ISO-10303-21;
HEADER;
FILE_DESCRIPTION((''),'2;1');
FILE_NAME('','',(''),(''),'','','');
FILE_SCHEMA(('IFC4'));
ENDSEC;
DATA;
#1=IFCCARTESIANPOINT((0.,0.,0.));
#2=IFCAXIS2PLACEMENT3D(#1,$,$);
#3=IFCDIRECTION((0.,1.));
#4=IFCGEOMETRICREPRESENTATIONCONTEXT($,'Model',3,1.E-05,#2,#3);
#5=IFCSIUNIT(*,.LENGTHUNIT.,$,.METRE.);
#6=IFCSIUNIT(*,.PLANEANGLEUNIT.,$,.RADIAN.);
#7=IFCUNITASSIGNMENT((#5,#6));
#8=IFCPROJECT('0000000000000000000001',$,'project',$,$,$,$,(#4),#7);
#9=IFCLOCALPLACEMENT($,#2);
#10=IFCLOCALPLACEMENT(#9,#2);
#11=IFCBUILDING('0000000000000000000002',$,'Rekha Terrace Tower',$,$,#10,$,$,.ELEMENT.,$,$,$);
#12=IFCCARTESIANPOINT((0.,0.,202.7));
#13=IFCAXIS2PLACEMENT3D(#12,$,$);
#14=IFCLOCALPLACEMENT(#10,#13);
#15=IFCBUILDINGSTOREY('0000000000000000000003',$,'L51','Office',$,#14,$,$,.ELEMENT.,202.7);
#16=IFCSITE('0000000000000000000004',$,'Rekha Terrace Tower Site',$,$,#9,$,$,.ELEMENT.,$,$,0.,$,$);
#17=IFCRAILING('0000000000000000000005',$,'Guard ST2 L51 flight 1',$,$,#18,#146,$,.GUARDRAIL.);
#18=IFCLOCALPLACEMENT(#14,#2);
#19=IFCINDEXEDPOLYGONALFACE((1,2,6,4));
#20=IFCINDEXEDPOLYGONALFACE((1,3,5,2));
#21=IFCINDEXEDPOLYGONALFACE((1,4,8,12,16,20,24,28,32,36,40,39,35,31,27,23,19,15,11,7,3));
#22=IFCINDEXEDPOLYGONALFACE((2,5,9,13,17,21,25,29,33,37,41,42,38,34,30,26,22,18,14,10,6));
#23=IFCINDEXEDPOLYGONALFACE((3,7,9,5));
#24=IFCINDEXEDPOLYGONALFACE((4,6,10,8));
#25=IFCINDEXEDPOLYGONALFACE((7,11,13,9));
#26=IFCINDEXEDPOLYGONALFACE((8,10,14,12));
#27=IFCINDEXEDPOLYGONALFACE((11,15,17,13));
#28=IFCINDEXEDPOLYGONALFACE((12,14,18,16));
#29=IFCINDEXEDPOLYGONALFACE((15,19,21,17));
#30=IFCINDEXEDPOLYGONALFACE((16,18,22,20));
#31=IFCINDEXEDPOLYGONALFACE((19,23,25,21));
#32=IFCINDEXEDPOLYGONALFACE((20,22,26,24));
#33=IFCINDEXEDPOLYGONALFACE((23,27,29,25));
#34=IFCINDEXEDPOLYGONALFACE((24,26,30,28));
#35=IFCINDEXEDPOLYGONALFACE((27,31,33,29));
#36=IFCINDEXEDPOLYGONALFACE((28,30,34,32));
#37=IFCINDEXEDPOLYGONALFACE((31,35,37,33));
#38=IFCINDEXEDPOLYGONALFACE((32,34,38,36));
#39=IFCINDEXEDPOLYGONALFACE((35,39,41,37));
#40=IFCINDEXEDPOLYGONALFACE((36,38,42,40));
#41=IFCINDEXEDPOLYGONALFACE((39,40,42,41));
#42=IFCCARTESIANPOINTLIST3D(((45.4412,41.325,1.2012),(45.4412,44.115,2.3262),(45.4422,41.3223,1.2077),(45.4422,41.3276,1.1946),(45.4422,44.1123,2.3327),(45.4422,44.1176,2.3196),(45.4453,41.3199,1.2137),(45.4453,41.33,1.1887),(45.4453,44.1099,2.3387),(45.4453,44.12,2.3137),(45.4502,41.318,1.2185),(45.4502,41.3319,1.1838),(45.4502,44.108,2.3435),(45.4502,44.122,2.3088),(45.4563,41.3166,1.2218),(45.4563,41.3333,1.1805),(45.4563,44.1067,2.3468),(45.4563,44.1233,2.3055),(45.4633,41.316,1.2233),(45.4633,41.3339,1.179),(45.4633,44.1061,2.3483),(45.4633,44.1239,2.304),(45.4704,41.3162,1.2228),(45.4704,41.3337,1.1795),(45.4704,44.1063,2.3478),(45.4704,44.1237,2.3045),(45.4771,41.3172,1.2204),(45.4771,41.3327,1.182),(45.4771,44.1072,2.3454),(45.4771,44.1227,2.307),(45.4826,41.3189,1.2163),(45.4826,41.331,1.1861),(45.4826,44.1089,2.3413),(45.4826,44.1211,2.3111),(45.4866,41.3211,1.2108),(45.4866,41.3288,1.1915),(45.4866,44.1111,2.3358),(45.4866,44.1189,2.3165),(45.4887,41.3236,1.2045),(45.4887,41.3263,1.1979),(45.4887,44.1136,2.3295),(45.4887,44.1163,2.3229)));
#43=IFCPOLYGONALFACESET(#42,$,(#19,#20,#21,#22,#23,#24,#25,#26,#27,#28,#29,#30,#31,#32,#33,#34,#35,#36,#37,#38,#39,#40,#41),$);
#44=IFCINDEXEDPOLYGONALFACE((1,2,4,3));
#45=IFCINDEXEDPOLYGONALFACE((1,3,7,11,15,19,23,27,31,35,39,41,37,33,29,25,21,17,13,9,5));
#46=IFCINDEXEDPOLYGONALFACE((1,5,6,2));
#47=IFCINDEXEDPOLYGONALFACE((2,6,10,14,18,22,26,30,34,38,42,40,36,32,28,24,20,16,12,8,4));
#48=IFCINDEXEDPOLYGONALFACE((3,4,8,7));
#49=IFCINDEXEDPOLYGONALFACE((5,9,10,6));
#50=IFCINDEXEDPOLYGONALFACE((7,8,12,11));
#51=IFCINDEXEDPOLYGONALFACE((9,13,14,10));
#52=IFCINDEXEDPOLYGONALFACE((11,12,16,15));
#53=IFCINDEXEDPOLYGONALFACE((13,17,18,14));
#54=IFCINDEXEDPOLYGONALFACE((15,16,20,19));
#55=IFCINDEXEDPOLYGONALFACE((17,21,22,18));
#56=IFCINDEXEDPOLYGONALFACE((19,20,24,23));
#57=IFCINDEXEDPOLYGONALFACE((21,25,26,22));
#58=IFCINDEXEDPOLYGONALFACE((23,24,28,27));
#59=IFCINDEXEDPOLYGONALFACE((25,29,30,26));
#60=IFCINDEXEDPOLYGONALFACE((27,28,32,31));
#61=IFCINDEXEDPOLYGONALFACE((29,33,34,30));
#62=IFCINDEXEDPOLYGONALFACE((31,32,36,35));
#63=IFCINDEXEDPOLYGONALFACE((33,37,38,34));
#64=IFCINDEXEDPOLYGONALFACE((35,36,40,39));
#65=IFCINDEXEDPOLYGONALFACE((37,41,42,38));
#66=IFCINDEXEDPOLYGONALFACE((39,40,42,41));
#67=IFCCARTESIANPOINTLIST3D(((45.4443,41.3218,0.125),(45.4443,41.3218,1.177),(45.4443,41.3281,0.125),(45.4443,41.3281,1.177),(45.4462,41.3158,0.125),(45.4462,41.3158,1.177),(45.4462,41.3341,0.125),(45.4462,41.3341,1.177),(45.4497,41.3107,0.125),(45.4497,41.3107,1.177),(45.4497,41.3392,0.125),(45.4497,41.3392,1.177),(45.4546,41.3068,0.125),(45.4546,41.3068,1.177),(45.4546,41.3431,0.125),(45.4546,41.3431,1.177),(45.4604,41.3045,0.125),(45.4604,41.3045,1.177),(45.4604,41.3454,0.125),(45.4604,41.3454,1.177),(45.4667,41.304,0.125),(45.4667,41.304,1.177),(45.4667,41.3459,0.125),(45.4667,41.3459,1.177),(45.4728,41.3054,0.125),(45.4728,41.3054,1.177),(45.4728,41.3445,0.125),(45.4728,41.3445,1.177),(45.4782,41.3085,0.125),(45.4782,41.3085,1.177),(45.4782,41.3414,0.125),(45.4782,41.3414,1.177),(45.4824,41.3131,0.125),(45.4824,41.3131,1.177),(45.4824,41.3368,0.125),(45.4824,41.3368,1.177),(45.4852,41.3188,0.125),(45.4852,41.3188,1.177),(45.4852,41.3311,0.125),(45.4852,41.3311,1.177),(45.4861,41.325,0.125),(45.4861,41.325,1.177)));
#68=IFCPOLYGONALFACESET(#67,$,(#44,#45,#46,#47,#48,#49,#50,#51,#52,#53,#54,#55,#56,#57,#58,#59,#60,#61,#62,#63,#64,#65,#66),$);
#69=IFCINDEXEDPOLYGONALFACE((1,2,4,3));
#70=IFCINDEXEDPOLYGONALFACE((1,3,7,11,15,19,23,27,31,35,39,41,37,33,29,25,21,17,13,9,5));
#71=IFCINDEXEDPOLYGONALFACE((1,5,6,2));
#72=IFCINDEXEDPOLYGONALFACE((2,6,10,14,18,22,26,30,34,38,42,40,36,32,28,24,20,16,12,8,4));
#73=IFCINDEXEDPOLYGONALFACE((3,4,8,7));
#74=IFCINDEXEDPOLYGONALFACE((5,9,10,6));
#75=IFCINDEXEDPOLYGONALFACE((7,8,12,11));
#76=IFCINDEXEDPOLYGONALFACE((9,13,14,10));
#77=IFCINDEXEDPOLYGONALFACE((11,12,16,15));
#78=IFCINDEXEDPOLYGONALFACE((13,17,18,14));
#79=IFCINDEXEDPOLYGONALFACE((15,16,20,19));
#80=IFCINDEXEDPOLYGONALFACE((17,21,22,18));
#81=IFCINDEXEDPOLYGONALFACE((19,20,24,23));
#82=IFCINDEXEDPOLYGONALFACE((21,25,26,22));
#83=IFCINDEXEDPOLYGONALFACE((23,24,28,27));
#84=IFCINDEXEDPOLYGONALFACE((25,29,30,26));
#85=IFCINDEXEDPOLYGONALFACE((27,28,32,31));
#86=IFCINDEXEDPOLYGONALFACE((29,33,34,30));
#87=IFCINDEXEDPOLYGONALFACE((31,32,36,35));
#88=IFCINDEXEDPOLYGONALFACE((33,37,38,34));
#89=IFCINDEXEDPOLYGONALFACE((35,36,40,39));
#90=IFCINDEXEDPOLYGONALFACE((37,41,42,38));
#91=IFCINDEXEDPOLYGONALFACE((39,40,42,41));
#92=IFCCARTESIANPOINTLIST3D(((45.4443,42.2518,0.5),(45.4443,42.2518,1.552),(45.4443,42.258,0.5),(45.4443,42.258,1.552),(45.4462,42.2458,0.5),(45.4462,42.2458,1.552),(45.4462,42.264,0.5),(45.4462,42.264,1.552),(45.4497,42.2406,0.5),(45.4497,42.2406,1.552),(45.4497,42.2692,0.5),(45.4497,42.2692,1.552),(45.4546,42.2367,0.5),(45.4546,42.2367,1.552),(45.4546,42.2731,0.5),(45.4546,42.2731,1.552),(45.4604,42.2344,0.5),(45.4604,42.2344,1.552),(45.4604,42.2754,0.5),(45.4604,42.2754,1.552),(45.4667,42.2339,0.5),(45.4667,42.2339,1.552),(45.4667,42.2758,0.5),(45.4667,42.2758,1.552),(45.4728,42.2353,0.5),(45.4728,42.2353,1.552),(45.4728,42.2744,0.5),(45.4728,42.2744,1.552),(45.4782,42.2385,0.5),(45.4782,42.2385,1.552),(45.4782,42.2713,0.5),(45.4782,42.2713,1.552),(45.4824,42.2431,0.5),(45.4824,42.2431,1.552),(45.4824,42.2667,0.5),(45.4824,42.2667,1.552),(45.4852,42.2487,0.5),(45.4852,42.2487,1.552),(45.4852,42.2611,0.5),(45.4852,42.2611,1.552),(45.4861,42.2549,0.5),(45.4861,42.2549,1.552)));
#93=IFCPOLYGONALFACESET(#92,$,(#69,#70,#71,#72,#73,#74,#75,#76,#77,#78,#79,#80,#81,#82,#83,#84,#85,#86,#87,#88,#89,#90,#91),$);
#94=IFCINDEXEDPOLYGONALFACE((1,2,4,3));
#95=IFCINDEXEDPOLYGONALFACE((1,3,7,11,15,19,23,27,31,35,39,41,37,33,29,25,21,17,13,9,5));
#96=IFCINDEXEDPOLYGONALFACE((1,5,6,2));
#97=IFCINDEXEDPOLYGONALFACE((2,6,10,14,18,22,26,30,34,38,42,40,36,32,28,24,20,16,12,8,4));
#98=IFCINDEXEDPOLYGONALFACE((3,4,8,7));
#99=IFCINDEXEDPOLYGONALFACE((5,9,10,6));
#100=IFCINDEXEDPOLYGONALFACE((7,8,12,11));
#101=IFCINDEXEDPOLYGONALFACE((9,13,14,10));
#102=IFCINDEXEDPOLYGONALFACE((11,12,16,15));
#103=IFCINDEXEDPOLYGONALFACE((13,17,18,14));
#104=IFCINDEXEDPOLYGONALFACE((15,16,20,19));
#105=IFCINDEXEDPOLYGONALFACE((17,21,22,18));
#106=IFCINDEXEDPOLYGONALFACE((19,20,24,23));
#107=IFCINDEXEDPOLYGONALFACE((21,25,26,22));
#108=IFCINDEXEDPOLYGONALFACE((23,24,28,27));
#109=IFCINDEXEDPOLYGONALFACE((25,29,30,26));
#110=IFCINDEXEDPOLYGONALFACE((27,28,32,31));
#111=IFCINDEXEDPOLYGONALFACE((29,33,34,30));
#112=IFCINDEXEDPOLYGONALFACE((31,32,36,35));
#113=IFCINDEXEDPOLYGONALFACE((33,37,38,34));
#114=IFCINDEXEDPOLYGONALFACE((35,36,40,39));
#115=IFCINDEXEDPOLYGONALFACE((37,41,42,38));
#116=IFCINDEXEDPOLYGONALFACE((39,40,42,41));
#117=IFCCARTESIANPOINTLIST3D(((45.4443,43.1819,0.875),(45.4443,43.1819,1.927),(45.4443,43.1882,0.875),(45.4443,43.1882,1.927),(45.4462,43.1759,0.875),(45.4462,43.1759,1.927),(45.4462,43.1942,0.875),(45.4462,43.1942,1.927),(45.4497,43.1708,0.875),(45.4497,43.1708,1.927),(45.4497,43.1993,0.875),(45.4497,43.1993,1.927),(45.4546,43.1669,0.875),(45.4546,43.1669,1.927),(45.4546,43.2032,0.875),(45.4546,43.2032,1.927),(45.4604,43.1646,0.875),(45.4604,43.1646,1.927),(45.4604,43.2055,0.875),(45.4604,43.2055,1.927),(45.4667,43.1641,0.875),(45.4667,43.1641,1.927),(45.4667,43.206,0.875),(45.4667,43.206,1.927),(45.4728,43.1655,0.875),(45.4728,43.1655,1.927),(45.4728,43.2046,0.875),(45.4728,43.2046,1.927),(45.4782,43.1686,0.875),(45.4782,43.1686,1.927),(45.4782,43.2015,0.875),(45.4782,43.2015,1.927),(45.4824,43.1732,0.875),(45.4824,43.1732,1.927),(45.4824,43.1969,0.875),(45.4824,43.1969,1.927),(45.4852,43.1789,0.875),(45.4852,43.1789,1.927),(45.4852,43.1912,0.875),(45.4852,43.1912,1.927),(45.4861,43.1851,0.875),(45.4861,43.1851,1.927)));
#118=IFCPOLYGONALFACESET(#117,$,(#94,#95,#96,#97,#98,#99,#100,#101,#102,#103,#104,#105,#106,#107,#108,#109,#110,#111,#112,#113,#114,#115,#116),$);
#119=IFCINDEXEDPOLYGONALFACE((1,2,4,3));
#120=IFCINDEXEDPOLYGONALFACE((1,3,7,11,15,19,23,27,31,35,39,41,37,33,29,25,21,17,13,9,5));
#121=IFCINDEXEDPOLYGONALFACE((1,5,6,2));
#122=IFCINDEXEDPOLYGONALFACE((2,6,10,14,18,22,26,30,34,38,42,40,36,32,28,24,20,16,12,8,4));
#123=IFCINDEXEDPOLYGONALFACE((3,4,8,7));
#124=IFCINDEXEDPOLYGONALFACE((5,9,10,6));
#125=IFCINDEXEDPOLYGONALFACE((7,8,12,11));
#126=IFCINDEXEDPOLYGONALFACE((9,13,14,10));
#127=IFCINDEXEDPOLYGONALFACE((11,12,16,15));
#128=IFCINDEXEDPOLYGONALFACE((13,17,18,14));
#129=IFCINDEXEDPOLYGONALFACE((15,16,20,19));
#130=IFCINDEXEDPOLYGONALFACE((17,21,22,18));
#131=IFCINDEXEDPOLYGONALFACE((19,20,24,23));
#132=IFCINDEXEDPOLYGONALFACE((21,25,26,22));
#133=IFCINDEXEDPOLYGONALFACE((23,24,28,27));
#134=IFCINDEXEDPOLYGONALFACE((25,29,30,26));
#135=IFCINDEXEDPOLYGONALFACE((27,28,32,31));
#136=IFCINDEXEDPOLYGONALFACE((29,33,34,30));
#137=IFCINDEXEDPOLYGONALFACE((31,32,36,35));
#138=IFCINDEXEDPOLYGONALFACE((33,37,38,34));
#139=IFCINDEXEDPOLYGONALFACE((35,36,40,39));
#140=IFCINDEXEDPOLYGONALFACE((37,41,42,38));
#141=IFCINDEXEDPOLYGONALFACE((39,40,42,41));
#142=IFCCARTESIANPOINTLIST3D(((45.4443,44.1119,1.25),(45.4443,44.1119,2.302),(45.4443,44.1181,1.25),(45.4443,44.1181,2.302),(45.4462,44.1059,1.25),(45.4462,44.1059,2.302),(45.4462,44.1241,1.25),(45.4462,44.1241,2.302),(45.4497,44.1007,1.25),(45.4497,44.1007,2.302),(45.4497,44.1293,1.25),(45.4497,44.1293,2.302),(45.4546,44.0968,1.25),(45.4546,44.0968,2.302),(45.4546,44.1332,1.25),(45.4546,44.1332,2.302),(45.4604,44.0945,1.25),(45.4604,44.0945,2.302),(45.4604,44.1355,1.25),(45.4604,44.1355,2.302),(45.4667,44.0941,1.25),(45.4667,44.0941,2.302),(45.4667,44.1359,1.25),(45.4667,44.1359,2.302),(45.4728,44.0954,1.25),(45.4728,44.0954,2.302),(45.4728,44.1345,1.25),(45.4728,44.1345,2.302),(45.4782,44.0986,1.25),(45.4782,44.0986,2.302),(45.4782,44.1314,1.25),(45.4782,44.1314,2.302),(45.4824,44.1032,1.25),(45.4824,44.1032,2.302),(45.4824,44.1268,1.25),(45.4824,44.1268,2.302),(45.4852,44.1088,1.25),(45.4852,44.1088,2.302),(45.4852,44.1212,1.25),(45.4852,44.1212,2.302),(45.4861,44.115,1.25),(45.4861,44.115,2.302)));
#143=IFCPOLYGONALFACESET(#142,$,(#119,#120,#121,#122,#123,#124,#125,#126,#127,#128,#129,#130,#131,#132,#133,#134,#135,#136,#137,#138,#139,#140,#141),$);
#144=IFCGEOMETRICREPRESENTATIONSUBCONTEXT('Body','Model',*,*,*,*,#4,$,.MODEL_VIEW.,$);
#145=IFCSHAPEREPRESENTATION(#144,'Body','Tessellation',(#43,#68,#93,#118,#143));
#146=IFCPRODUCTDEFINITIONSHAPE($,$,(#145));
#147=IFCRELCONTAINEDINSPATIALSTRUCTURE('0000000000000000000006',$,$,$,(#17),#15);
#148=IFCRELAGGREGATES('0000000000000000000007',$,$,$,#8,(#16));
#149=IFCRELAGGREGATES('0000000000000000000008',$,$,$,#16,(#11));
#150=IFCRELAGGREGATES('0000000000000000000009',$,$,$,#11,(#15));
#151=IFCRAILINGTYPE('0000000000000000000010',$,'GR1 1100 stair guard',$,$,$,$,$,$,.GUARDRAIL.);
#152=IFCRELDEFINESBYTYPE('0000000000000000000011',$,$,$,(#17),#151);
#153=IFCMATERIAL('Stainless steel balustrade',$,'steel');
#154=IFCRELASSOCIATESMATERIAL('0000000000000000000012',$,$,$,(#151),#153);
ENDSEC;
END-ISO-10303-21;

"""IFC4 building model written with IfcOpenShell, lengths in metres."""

from ifc_helpers import new_model, si_unit, direction, frame, origin, origin_2d, place, context, subcontext, project, spatial, circle, extrude, material, type_object, element, save


model = new_model("IFC4")

# Units and contexts
model_context = context("Model", 3, precision=1e-05, world=origin(), true_north=direction((0.0, 1.0)))
body_context = subcontext(model_context, "Body", "Model", "MODEL_VIEW")
ifc_project = project(units=[si_unit("LENGTHUNIT", "METRE"), si_unit("PLANEANGLEUNIT", "RADIAN")], contexts=[model_context])

# Site, building, storey
site_placement = place(None, origin())
site = spatial("IfcSite", under=ifc_project, at=site_placement, Name="Rekha Terrace Tower Site", CompositionType="ELEMENT", RefElevation=0.0)
building_placement = place(site_placement, origin())
building = spatial("IfcBuilding", under=site, at=building_placement, Name="Rekha Terrace Tower", CompositionType="ELEMENT")
storey_placement = place(building_placement, frame((0.0, 0.0, 202.7)))
storey = spatial("IfcBuildingStorey", under=building, at=storey_placement, Name="L51", Description="Office", CompositionType="ELEMENT", Elevation=202.7)

# Railing
ifc_material_1 = material(Name="Stainless steel balustrade", Category="steel")
railing_type_1 = type_object("IfcRailingType", Name="GR1 1100 stair guard", PredefinedType="GUARDRAIL", material=ifc_material_1)
railing_1_placement = place(storey_placement, frame((45.4651, 41.325, 0.125)))
element("IfcRailing", 1, at=railing_1_placement, inside=storey, type_object=railing_type_1, Name="Guard ST2 L51 flight 1", PredefinedType="GUARDRAIL", context=body_context, shape_type="SweptSolid", body=[
    extrude(circle(Radius=0.0239, at=origin_2d()), frame((0.0, 0.0, 1.0762), z_axis=(0.0, 0.927443, 0.373964), x_axis=(-1.0, 0.0, 0.0)), (0.0, 0.0, 1.0), 3.0083),
    extrude(circle(Radius=0.021, at=origin_2d()), origin(), (0.0, 0.0, 1.0), 1.052),
    extrude(circle(Radius=0.021, at=origin_2d()), frame((0.0, 0.9299, 0.375)), (0.0, 0.0, 1.0), 1.052),
    extrude(circle(Radius=0.021, at=origin_2d()), frame((0.0, 1.8601, 0.75)), (0.0, 0.0, 1.0), 1.052),
    extrude(circle(Radius=0.021, at=origin_2d()), frame((0.0, 2.79, 1.125)), (0.0, 0.0, 1.0), 1.052),
])

save(model, "model.ifc")
